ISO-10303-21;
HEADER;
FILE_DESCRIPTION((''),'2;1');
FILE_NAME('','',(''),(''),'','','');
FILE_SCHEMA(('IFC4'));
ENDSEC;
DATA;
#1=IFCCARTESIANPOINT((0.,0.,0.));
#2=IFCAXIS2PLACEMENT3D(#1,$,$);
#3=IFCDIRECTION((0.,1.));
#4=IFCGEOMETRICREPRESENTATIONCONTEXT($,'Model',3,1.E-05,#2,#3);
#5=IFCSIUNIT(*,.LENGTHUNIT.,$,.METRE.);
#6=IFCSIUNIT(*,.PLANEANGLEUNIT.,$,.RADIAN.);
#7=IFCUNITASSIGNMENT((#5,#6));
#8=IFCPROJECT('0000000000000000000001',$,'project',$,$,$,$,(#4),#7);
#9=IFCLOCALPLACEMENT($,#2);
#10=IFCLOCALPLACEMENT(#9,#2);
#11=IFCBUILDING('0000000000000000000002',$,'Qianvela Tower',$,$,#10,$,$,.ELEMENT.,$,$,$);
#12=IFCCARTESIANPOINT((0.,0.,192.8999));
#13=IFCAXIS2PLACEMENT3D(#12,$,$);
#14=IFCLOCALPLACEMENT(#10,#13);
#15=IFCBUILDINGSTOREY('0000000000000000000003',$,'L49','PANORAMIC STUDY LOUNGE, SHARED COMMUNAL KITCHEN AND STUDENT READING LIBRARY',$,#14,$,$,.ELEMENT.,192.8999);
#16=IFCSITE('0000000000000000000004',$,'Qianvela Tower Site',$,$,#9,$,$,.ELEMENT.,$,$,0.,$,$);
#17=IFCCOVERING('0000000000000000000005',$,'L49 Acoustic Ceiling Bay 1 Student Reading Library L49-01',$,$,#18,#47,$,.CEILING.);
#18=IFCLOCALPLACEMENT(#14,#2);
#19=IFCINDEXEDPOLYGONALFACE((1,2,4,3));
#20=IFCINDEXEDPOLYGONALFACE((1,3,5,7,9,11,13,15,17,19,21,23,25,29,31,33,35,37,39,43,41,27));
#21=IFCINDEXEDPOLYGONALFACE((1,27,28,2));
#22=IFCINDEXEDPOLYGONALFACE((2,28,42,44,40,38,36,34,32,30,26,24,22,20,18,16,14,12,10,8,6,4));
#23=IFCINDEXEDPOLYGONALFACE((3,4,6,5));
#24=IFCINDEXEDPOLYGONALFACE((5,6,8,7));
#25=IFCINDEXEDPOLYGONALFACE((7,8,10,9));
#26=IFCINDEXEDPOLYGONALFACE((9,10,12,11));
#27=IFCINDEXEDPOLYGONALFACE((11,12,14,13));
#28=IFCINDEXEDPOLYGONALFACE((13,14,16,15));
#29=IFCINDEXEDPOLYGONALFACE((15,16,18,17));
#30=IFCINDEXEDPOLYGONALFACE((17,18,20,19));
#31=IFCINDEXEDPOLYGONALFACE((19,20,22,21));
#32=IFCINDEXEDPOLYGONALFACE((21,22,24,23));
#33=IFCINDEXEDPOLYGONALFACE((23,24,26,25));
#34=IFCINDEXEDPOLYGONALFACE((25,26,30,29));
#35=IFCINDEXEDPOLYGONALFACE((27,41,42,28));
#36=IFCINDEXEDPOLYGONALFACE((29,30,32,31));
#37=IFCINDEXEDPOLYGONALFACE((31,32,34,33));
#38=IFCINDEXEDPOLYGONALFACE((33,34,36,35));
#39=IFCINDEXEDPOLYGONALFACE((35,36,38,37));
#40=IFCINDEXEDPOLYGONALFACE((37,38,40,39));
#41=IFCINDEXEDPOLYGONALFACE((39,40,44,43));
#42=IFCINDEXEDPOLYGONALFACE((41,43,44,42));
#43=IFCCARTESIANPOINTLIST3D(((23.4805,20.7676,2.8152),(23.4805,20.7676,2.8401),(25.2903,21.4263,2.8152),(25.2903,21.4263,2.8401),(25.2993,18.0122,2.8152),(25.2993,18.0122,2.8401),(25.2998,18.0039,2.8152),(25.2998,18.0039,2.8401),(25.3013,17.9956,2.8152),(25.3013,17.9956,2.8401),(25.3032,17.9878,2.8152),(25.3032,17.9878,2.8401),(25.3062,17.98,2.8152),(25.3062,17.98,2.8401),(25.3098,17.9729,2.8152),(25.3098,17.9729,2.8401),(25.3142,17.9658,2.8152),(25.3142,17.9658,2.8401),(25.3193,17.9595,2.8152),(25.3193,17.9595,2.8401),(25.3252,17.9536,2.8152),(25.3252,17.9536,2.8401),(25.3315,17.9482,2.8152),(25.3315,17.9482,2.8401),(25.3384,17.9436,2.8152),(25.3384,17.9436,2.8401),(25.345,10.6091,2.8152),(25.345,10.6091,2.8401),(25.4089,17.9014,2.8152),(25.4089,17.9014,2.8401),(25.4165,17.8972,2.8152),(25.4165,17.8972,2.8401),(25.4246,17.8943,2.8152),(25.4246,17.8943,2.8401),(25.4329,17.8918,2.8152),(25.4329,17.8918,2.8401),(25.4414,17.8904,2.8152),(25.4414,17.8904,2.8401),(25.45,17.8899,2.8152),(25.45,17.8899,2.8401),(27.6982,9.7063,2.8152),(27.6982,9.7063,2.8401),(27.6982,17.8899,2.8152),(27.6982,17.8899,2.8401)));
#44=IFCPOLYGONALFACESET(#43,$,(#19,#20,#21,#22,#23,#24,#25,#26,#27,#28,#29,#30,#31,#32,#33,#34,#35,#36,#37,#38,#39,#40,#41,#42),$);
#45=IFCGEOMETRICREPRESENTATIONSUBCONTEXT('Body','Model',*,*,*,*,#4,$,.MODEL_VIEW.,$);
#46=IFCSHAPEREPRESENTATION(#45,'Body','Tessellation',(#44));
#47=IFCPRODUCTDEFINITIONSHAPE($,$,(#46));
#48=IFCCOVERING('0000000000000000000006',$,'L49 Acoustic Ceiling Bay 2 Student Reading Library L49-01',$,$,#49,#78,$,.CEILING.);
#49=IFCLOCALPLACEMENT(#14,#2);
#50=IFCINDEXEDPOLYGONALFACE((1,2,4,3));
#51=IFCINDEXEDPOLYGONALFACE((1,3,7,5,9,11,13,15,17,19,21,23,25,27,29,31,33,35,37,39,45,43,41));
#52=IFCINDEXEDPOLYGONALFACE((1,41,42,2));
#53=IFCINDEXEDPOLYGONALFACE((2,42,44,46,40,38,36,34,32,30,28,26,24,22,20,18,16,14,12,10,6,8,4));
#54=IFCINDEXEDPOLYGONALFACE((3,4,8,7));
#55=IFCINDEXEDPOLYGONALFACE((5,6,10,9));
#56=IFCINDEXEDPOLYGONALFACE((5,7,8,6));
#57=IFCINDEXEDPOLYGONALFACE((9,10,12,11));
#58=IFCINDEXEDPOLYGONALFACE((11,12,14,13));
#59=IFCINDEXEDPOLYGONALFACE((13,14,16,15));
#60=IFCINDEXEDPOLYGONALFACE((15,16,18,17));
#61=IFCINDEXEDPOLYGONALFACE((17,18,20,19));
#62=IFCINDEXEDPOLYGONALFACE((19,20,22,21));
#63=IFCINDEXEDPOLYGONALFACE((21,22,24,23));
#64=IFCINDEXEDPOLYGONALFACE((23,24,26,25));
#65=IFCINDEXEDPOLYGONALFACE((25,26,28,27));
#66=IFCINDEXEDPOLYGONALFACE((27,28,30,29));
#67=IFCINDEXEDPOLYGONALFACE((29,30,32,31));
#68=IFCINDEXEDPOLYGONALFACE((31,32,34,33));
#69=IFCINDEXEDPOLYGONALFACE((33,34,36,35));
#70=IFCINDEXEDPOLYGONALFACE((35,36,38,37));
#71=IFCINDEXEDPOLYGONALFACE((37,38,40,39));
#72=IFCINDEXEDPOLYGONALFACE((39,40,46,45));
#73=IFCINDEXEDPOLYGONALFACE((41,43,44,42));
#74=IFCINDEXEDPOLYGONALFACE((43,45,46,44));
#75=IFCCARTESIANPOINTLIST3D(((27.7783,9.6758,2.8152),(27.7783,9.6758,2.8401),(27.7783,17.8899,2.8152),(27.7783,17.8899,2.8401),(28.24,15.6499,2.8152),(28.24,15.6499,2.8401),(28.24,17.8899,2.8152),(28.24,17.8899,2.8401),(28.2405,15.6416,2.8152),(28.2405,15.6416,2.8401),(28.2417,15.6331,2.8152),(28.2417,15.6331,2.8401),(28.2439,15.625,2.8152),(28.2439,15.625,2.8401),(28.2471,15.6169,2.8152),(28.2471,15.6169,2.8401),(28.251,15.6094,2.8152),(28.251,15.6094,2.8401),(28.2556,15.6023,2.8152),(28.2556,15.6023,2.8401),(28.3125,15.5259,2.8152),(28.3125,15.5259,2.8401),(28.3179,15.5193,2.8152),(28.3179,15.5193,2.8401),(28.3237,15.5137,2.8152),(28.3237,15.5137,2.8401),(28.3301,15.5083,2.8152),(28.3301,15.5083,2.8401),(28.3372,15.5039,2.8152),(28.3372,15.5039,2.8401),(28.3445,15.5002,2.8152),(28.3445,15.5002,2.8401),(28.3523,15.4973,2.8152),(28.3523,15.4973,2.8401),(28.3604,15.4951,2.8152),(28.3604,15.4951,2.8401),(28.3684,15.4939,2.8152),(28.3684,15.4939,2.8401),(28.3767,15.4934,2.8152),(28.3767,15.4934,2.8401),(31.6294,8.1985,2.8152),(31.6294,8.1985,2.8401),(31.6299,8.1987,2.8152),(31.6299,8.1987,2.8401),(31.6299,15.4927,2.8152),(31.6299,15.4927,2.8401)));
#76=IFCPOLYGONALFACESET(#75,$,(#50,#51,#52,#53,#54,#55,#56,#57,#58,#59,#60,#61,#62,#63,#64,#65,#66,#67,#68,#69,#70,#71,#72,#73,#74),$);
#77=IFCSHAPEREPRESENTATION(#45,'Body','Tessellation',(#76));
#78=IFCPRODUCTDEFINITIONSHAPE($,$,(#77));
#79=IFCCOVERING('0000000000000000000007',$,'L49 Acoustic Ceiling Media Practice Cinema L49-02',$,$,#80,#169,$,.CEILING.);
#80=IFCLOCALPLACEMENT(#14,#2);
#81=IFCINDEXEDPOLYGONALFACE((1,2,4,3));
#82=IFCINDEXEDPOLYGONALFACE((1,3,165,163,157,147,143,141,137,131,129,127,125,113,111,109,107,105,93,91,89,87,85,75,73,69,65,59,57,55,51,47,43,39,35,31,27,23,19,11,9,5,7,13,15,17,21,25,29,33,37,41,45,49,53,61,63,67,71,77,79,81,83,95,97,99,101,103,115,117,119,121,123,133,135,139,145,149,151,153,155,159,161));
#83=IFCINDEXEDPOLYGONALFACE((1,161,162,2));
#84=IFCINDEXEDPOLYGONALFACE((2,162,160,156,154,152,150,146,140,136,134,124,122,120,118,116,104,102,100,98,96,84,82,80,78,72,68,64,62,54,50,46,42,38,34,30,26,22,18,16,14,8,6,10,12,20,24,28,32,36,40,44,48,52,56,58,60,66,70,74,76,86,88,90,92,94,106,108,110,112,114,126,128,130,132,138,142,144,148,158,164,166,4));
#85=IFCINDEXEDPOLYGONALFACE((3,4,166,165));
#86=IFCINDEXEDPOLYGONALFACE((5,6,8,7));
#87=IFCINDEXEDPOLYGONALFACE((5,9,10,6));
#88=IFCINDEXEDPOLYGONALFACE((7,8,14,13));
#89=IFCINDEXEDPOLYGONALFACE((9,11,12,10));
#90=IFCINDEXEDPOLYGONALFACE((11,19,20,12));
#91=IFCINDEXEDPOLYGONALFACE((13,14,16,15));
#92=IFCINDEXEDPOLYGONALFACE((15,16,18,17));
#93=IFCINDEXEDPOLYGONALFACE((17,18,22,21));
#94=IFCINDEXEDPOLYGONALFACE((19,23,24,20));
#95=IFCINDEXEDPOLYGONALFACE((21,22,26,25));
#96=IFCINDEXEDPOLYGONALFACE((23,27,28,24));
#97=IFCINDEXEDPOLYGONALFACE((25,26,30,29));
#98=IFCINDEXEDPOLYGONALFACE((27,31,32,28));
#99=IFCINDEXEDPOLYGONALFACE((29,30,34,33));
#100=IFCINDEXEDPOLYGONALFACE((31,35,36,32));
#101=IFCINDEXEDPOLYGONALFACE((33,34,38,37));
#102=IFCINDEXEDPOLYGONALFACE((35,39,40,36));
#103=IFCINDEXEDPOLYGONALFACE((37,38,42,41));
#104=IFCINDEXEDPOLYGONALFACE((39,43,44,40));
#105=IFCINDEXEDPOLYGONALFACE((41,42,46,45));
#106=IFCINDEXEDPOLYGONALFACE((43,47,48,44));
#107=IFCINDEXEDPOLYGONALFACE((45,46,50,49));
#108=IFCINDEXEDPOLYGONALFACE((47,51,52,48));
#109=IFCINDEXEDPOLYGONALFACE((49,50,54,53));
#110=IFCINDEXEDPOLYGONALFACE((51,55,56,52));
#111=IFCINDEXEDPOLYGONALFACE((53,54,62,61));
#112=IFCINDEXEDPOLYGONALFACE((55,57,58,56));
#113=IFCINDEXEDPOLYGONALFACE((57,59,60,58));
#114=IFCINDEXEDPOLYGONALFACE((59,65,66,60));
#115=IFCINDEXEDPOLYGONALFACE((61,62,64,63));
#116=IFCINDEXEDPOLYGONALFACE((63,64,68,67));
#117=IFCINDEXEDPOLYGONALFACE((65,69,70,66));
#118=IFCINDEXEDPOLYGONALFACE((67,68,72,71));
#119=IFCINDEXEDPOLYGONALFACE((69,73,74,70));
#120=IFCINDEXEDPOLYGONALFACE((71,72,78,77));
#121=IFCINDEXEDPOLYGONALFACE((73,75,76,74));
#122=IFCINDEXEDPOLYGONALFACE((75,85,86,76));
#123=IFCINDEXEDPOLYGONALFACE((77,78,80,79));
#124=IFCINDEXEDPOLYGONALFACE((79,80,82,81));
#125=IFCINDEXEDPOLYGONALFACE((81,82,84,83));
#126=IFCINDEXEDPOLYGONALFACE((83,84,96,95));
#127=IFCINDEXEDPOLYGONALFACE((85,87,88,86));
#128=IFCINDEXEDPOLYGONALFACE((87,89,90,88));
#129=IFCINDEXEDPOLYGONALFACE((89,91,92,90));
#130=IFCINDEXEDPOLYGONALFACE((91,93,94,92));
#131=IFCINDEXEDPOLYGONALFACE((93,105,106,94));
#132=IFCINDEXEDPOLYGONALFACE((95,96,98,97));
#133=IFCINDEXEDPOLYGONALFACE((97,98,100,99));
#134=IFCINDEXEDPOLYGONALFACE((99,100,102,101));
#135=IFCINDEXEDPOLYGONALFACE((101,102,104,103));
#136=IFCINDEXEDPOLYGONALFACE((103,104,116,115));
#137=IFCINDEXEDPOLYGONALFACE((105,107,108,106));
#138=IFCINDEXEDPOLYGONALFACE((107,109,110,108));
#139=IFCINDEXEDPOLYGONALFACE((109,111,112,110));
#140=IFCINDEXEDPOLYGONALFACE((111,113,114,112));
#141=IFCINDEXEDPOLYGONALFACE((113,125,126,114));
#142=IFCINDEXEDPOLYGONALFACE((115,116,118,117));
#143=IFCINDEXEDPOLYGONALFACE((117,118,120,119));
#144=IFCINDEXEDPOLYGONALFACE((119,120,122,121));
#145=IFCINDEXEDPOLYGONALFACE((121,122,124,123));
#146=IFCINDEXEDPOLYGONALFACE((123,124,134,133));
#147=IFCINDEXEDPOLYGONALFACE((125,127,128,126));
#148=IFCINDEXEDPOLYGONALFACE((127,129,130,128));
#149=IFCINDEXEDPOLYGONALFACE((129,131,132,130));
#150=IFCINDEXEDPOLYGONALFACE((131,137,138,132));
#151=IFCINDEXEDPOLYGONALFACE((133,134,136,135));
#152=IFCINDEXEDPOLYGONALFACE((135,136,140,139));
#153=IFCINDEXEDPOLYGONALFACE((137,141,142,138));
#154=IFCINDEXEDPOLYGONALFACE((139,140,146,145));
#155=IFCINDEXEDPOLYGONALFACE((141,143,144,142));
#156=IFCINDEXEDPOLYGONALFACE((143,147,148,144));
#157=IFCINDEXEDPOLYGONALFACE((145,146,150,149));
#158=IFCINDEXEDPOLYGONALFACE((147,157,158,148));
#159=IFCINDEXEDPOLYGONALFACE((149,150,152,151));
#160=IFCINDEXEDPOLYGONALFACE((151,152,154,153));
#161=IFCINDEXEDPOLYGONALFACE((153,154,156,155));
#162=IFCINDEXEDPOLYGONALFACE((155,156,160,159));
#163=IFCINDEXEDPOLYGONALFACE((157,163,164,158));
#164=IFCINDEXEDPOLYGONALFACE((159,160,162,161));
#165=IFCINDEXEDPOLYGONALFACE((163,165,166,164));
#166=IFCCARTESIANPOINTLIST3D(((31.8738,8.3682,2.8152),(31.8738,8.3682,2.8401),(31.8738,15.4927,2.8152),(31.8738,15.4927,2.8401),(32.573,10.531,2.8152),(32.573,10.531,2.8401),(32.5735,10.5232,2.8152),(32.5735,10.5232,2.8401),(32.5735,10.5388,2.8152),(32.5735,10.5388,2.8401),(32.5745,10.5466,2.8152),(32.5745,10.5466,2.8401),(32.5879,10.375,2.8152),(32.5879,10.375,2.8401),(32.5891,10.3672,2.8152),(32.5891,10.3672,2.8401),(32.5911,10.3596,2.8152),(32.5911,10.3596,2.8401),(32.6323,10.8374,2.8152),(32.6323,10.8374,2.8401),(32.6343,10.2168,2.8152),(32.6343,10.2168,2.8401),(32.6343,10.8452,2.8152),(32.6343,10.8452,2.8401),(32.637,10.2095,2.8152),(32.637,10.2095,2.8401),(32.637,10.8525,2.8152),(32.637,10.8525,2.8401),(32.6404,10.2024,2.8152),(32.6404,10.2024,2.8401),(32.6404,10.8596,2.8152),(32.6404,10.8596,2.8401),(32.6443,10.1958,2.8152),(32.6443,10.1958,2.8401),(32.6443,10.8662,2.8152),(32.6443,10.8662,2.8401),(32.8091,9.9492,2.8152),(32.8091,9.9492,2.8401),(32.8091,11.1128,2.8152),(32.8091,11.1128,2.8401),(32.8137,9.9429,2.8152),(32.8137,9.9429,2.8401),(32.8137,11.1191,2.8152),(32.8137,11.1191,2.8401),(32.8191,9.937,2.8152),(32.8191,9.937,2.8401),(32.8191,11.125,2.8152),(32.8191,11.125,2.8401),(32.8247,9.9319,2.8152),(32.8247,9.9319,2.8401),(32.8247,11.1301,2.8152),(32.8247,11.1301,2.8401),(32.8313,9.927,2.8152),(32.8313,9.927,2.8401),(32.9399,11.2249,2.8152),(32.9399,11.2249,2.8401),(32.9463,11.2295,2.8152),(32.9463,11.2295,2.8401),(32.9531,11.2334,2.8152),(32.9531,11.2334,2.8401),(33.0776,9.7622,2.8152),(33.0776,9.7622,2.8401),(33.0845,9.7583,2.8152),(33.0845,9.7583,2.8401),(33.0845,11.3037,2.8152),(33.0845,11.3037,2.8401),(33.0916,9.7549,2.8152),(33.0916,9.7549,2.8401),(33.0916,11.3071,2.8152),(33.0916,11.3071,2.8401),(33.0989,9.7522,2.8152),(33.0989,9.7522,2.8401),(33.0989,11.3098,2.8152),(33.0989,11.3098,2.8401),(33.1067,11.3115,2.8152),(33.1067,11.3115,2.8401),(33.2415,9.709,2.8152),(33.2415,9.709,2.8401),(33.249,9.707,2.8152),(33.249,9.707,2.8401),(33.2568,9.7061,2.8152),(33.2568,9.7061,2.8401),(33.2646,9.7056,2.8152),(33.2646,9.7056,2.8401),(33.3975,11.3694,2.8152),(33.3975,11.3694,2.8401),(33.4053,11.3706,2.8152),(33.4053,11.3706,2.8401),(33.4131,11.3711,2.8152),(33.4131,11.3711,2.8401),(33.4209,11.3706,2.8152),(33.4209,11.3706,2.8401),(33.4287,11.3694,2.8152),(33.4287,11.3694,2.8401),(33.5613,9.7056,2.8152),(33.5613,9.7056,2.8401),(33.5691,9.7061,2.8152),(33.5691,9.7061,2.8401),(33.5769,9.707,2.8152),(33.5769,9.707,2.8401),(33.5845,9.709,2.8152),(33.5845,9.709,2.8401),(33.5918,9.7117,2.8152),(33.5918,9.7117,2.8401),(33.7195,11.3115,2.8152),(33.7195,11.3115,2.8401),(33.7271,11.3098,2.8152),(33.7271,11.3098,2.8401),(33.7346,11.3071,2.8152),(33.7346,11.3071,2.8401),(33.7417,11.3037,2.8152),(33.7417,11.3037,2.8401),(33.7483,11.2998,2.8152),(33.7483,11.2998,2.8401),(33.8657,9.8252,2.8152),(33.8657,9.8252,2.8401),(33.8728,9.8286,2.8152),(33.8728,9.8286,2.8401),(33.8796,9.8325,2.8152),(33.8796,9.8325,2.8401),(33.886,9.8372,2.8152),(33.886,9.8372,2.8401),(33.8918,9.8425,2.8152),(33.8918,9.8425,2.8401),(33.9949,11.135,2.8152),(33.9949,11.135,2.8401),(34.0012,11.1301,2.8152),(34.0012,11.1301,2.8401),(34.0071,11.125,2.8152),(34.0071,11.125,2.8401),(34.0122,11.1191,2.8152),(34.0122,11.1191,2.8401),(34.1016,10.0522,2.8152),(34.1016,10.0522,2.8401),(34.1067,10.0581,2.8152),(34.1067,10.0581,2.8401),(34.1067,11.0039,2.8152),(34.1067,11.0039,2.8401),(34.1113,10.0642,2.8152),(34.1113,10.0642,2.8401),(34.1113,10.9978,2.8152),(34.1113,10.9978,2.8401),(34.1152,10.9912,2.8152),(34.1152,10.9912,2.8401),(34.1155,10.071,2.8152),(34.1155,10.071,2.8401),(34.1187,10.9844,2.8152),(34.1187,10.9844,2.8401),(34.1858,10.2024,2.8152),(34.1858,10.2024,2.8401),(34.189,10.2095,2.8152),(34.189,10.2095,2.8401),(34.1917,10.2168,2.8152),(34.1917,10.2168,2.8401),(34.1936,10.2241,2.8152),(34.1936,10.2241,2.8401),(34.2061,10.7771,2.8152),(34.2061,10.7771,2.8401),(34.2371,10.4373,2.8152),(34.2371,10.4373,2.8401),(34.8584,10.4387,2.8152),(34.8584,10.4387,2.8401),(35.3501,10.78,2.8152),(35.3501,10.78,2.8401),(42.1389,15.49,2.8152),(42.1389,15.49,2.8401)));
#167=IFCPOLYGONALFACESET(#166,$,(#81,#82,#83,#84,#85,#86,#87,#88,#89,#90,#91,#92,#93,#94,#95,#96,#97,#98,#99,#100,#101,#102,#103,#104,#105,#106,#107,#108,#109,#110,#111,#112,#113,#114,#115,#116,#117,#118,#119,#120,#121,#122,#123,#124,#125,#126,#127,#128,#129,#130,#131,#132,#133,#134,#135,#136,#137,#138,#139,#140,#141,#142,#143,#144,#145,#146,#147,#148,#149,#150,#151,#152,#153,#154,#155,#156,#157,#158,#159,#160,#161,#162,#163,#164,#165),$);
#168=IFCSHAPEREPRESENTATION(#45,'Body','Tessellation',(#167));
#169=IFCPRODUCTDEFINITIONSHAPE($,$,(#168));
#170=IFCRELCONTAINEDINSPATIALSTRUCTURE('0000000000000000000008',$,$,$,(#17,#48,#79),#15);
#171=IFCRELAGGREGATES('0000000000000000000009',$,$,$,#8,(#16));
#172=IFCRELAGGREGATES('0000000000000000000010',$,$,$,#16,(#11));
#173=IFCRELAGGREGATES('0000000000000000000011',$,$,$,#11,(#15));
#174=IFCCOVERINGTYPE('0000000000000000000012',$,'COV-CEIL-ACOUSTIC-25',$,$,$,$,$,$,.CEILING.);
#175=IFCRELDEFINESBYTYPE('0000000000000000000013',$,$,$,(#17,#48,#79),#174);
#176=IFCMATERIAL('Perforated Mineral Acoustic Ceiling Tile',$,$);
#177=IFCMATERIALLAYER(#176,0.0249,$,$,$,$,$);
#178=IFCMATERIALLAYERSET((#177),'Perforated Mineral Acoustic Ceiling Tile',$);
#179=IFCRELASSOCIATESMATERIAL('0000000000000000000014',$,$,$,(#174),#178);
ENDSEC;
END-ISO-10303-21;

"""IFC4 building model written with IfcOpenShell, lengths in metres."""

from ifc_helpers import new_model, si_unit, direction, frame, origin, place, context, subcontext, project, spatial, polyline, outline, extrude, material, layer, layer_set, type_object, element, save


model = new_model("IFC4")

# Units and contexts
model_context = context("Model", 3, precision=1e-05, world=origin(), true_north=direction((0.0, 1.0)))
body_context = subcontext(model_context, "Body", "Model", "MODEL_VIEW")
ifc_project = project(units=[si_unit("LENGTHUNIT", "METRE"), si_unit("PLANEANGLEUNIT", "RADIAN")], contexts=[model_context])

# Site, building, storey
site_placement = place(None, origin())
site = spatial("IfcSite", under=ifc_project, at=site_placement, Name="Qianvela Tower Site", CompositionType="ELEMENT", RefElevation=0.0)
building_placement = place(site_placement, origin())
building = spatial("IfcBuilding", under=site, at=building_placement, Name="Qianvela Tower", CompositionType="ELEMENT")
storey_placement = place(building_placement, frame((0.0, 0.0, 192.8999)))
storey = spatial("IfcBuildingStorey", under=building, at=storey_placement, Name="L49", Description="PANORAMIC STUDY LOUNGE, SHARED COMMUNAL KITCHEN AND STUDENT READING LIBRARY", CompositionType="ELEMENT", Elevation=192.8999)

# Coverings
ifc_material_1 = material(Name="Perforated Mineral Acoustic Ceiling Tile")
ifc_layer_1 = layer(ifc_material_1, 0.0249)
ifc_layer_set_1 = layer_set([ifc_layer_1], Name="Perforated Mineral Acoustic Ceiling Tile")
covering_type_1 = type_object("IfcCoveringType", Name="COV-CEIL-ACOUSTIC-25", PredefinedType="CEILING", material=ifc_layer_set_1)
covering_1_placement = place(storey_placement, frame((0.0, 0.0, 2.8152)))
element("IfcCovering", 1, at=covering_1_placement, inside=storey, type_object=covering_type_1, Name="L49 Acoustic Ceiling Bay 1 Student Reading Library L49-01", PredefinedType="CEILING", context=body_context, shape_type="SweptSolid", body=[
    extrude(outline(polyline([(23.4805, 20.7676), (25.2903, 21.4263), (25.2993, 18.0122), (25.2998, 18.0039), (25.3013, 17.9956), (25.3032, 17.9878), (25.3062, 17.98), (25.3098, 17.9729), (25.3142, 17.9658), (25.3193, 17.9595), (25.3252, 17.9536), (25.3315, 17.9482), (25.3384, 17.9436), (25.4089, 17.9014), (25.4165, 17.8972), (25.4246, 17.8943), (25.4329, 17.8918), (25.4414, 17.8904), (25.45, 17.8899), (27.6982, 17.8899), (27.6982, 9.7063), (25.345, 10.6091), (23.4805, 20.7676)])), origin(), (0.0, 0.0, 1.0), 0.0249),
])
covering_2_placement = place(storey_placement, frame((0.0, 0.0, 2.8152)))
element("IfcCovering", 2, at=covering_2_placement, inside=storey, type_object=covering_type_1, Name="L49 Acoustic Ceiling Bay 2 Student Reading Library L49-01", PredefinedType="CEILING", context=body_context, shape_type="SweptSolid", body=[
    extrude(outline(polyline([(28.24, 17.8899), (28.24, 15.6499), (28.2405, 15.6416), (28.2417, 15.6331), (28.2439, 15.625), (28.2471, 15.6169), (28.251, 15.6094), (28.2556, 15.6023), (28.3125, 15.5259), (28.3179, 15.5193), (28.3237, 15.5137), (28.3301, 15.5083), (28.3372, 15.5039), (28.3445, 15.5002), (28.3523, 15.4973), (28.3604, 15.4951), (28.3684, 15.4939), (28.3767, 15.4934), (31.6299, 15.4927), (31.6299, 8.1987), (31.6294, 8.1985), (27.7783, 9.6758), (27.7783, 17.8899), (28.24, 17.8899)])), origin(), (0.0, 0.0, 1.0), 0.0249),
])
covering_3_placement = place(storey_placement, frame((0.0, 0.0, 2.8152)))
element("IfcCovering", 3, at=covering_3_placement, inside=storey, type_object=covering_type_1, Name="L49 Acoustic Ceiling Media Practice Cinema L49-02", PredefinedType="CEILING", context=body_context, shape_type="SweptSolid", body=[
    extrude(outline(polyline([(35.3501, 10.78), (34.2061, 10.7771), (34.1187, 10.9844), (34.1152, 10.9912), (34.1113, 10.9978), (34.1067, 11.0039), (34.0122, 11.1191), (34.0071, 11.125), (34.0012, 11.1301), (33.9949, 11.135), (33.7483, 11.2998), (33.7417, 11.3037), (33.7346, 11.3071), (33.7271, 11.3098), (33.7195, 11.3115), (33.4287, 11.3694), (33.4209, 11.3706), (33.4131, 11.3711), (33.4053, 11.3706), (33.3975, 11.3694), (33.1067, 11.3115), (33.0989, 11.3098), (33.0916, 11.3071), (33.0845, 11.3037), (32.9531, 11.2334), (32.9463, 11.2295), (32.9399, 11.2249), (32.8247, 11.1301), (32.8191, 11.125), (32.8137, 11.1191), (32.8091, 11.1128), (32.6443, 10.8662), (32.6404, 10.8596), (32.637, 10.8525), (32.6343, 10.8452), (32.6323, 10.8374), (32.5745, 10.5466), (32.5735, 10.5388), (32.573, 10.531), (32.5735, 10.5232), (32.5879, 10.375), (32.5891, 10.3672), (32.5911, 10.3596), (32.6343, 10.2168), (32.637, 10.2095), (32.6404, 10.2024), (32.6443, 10.1958), (32.8091, 9.9492), (32.8137, 9.9429), (32.8191, 9.937), (32.8247, 9.9319), (32.8313, 9.927), (33.0776, 9.7622), (33.0845, 9.7583), (33.0916, 9.7549), (33.0989, 9.7522), (33.2415, 9.709), (33.249, 9.707), (33.2568, 9.7061), (33.2646, 9.7056), (33.5613, 9.7056), (33.5691, 9.7061), (33.5769, 9.707), (33.5845, 9.709), (33.5918, 9.7117), (33.8657, 9.8252), (33.8728, 9.8286), (33.8796, 9.8325), (33.886, 9.8372), (33.8918, 9.8425), (34.1016, 10.0522), (34.1067, 10.0581), (34.1113, 10.0642), (34.1155, 10.071), (34.1858, 10.2024), (34.189, 10.2095), (34.1917, 10.2168), (34.1936, 10.2241), (34.2371, 10.4373), (34.8584, 10.4387), (31.8738, 8.3682), (31.8738, 15.4927), (42.1389, 15.49), (35.3501, 10.78)])), origin(), (0.0, 0.0, 1.0), 0.0249),
])

save(model, "model.ifc")
